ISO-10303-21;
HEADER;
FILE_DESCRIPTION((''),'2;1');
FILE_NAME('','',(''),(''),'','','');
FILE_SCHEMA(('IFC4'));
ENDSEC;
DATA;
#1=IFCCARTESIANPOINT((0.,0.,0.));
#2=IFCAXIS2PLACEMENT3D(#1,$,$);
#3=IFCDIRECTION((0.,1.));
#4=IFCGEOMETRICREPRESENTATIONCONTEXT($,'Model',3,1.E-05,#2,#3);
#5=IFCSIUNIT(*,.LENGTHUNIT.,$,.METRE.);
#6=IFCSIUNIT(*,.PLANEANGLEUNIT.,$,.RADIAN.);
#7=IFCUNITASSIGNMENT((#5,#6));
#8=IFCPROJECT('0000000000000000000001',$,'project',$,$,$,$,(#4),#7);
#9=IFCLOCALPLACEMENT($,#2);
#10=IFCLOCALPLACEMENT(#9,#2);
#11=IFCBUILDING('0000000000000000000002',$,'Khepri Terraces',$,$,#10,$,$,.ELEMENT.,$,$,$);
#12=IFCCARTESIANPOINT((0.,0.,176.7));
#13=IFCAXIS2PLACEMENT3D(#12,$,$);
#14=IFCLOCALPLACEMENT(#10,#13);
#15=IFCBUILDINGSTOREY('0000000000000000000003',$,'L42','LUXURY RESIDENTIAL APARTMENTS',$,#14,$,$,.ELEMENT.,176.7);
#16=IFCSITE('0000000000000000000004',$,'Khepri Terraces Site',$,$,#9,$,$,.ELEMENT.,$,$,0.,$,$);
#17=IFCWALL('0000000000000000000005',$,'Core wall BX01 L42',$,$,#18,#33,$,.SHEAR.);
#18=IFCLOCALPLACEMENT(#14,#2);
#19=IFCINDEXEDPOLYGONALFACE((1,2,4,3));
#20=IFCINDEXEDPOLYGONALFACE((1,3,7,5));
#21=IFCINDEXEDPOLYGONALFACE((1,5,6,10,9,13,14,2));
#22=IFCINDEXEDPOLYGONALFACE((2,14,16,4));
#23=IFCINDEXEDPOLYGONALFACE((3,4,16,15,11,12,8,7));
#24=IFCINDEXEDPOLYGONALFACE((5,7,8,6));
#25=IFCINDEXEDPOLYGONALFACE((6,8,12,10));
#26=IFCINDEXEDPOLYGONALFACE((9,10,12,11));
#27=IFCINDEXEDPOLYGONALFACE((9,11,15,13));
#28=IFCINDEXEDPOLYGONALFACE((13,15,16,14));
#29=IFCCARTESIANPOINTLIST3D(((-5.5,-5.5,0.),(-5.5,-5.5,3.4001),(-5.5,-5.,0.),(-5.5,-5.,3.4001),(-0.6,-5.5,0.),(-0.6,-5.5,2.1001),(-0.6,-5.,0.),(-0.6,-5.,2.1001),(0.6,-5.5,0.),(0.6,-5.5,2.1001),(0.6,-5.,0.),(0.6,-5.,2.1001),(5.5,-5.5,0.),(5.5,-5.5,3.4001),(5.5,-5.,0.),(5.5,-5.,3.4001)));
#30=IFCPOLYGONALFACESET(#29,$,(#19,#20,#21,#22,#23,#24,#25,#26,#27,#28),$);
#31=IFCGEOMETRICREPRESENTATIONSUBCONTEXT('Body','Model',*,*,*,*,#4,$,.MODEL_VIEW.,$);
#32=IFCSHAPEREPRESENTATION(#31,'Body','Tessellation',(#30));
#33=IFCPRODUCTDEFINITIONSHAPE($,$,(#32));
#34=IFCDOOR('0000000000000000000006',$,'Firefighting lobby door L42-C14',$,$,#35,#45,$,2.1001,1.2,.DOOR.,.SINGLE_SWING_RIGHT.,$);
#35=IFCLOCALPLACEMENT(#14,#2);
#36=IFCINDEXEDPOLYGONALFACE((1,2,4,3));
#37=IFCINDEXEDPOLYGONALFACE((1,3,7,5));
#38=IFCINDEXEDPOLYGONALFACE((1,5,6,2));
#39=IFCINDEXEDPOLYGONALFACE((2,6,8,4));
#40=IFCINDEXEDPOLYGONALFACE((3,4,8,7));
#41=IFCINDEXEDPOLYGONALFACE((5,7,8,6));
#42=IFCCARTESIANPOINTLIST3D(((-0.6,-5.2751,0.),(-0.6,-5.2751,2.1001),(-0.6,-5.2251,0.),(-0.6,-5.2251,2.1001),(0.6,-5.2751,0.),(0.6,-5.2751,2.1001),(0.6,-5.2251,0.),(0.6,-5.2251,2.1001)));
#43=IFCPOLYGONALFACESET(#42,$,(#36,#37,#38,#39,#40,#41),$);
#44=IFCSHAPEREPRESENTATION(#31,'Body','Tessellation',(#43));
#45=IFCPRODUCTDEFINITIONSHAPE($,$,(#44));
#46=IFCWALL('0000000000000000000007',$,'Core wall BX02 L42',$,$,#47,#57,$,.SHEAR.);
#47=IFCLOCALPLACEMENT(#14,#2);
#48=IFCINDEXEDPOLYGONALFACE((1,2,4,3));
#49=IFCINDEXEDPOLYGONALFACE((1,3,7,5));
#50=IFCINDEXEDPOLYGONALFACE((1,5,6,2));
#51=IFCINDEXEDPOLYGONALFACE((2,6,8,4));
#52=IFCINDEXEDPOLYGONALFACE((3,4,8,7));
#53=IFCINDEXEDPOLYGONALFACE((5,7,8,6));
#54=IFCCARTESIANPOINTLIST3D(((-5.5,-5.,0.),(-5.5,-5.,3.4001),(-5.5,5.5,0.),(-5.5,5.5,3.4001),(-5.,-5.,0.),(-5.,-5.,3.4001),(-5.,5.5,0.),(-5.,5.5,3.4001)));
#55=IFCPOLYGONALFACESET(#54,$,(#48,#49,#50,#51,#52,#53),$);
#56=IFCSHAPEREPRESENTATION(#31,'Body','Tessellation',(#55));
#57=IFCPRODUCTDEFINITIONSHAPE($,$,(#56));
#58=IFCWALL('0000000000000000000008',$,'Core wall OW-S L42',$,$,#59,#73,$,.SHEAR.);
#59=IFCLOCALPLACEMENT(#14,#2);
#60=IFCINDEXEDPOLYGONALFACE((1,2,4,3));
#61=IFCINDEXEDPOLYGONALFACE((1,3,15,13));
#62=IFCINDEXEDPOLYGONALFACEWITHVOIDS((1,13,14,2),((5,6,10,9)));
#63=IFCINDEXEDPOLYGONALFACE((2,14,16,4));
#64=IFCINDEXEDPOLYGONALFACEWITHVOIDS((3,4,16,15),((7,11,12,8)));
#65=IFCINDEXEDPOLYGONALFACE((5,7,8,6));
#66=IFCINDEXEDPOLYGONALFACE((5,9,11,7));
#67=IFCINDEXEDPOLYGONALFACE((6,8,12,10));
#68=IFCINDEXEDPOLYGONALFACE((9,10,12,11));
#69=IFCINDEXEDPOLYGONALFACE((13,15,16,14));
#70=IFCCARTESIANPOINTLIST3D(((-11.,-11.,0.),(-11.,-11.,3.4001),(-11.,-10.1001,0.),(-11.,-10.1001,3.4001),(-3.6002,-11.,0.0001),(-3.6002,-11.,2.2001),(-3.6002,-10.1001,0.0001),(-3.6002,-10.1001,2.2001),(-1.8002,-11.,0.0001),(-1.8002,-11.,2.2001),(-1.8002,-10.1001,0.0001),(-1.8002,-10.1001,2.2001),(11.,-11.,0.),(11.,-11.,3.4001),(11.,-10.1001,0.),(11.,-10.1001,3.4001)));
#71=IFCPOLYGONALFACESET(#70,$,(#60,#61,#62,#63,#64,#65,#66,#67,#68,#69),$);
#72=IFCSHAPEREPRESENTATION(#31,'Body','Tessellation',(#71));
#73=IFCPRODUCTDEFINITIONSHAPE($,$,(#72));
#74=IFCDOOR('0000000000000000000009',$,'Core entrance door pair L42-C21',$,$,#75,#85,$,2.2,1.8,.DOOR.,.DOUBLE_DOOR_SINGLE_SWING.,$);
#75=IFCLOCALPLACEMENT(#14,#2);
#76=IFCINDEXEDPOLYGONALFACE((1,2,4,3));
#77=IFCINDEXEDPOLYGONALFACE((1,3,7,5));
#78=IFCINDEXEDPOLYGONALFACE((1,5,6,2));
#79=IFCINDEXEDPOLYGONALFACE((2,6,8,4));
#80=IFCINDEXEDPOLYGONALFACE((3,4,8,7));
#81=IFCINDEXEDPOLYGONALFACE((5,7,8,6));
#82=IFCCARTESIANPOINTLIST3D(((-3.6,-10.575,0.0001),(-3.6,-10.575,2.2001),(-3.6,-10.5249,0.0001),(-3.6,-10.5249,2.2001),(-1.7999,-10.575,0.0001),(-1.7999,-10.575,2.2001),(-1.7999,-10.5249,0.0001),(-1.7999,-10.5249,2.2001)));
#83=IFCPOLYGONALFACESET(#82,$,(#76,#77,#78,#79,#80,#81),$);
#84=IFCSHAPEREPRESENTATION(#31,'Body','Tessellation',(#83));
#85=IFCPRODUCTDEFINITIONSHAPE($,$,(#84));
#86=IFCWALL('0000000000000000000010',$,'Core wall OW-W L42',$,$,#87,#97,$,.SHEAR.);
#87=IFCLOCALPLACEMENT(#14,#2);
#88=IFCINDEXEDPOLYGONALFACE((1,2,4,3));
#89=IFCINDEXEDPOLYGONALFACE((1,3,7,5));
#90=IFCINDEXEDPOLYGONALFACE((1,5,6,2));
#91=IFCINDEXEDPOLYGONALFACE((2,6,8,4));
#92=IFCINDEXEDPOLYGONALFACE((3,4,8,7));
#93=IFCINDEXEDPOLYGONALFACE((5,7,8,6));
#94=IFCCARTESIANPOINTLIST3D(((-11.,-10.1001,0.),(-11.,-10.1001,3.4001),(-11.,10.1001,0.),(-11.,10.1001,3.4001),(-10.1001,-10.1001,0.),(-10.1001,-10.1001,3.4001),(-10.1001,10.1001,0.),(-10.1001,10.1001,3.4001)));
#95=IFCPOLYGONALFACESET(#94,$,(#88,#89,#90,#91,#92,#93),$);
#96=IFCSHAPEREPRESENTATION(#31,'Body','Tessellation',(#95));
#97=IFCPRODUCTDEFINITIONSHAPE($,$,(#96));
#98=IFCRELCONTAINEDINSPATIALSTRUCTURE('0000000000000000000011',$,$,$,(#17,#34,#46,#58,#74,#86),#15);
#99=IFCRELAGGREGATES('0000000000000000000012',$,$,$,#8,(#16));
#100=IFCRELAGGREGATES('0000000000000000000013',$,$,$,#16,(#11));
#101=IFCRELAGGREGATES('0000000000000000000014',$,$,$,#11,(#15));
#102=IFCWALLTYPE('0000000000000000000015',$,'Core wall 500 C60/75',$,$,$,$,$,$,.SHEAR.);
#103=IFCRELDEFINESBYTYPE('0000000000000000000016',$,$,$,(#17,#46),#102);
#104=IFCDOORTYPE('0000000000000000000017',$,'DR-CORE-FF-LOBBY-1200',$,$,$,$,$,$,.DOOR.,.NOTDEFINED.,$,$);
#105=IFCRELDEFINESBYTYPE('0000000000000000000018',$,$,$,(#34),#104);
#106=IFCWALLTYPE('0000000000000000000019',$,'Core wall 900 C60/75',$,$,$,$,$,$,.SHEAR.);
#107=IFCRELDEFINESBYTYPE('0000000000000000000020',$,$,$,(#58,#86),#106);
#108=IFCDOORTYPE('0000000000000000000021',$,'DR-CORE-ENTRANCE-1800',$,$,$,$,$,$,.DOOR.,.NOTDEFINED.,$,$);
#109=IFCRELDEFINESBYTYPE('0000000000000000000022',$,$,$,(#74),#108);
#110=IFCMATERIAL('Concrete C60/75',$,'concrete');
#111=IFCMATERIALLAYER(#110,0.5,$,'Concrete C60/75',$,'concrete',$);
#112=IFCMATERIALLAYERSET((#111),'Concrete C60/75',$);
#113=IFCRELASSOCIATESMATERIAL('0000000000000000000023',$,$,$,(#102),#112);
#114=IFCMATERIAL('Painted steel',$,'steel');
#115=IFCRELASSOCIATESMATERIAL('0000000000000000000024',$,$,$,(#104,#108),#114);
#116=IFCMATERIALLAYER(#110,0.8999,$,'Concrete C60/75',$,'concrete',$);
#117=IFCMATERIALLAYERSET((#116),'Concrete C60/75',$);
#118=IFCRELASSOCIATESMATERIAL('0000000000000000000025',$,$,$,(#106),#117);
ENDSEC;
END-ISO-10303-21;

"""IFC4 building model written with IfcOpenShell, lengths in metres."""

from ifc_helpers import new_model, si_unit, direction, frame, frame_2d, origin, place, context, subcontext, project, spatial, rectangle, extrude, material, layer, layer_set, type_object, element, fill, save


model = new_model("IFC4")

# Units and contexts
model_context = context("Model", 3, precision=1e-05, world=origin(), true_north=direction((0.0, 1.0)))
body_context = subcontext(model_context, "Body", "Model", "MODEL_VIEW")
ifc_project = project(units=[si_unit("LENGTHUNIT", "METRE"), si_unit("PLANEANGLEUNIT", "RADIAN")], contexts=[model_context])

# Site, building, storey
site_placement = place(None, origin())
site = spatial("IfcSite", under=ifc_project, at=site_placement, Name="Khepri Terraces Site", CompositionType="ELEMENT", RefElevation=0.0)
building_placement = place(site_placement, origin())
building = spatial("IfcBuilding", under=site, at=building_placement, Name="Khepri Terraces", CompositionType="ELEMENT")
storey_placement = place(building_placement, frame((0.0, 0.0, 176.7)))
storey = spatial("IfcBuildingStorey", under=building, at=storey_placement, Name="L42", Description="LUXURY RESIDENTIAL APARTMENTS", CompositionType="ELEMENT", Elevation=176.7)

# Shared definitions
ifc_material_1 = material(Name="Concrete C60/75", Category="concrete")

# Shared definitions
ifc_material_2 = material(Name="Painted steel", Category="steel")

# Wall, opening, door
ifc_layer_1 = layer(ifc_material_1, 0.5, Name="Concrete C60/75", Category="concrete")
ifc_layer_set_1 = layer_set([ifc_layer_1], Name="Concrete C60/75")
wall_type_1 = type_object("IfcWallType", Name="Core wall 500 C60/75", PredefinedType="SHEAR", material=ifc_layer_set_1)
wall_1_placement = place(storey_placement, frame((-5.5, -5.25, 0.0), z_axis=(0.0, 0.0, 1.0), x_axis=(1.0, 0.0, 0.0)))
wall_1 = element("IfcWall", 1, at=wall_1_placement, inside=storey, type_object=wall_type_1, Name="Core wall BX01 L42", PredefinedType="SHEAR", context=body_context, shape_type="SweptSolid", body=[
    extrude(rectangle(XDim=11.0, YDim=0.5, at=frame_2d((5.5, 0.0))), origin(), (0.0, 0.0, 1.0), 3.4001),
])
opening_1_placement = place(wall_1_placement, frame((4.8999, 0.0, 0.0)))
opening_1 = element("IfcOpeningElement", 2, at=opening_1_placement, cuts=wall_1, PredefinedType="OPENING", context=body_context, shape_type="SweptSolid", body=[
    extrude(rectangle(XDim=1.2, YDim=2.1001, at=frame_2d((0.6001, 1.05))), frame((0.0, 0.26, 0.0), z_axis=(0.0, -1.0, 0.0), x_axis=(1.0, 0.0, 0.0)), (0.0, 0.0, 1.0), 0.52),
])
door_type_1 = type_object("IfcDoorType", Name="DR-CORE-FF-LOBBY-1200", OperationType="NOTDEFINED", PredefinedType="DOOR", material=ifc_material_2)
door_1_placement = place(opening_1_placement, origin())
door_1 = element("IfcDoor", 3, at=door_1_placement, inside=storey, type_object=door_type_1, Name="Firefighting lobby door L42-C14", OperationType="SINGLE_SWING_RIGHT", OverallHeight=2.1001, OverallWidth=1.2, PredefinedType="DOOR", context=body_context, shape_type="SweptSolid", body=[
    extrude(rectangle(XDim=1.2, YDim=2.1001, at=frame_2d((0.6001, 1.05))), frame((0.0, 0.0249, 0.0), z_axis=(0.0, -1.0, 0.0), x_axis=(1.0, 0.0, 0.0)), (0.0, 0.0, 1.0), 0.05),
])
fill(opening_1, door_1)

# Wall
wall_2_placement = place(storey_placement, frame((-5.25, -5.0, 0.0), z_axis=(0.0, 0.0, 1.0), x_axis=(0.0, 1.0, 0.0)))
element("IfcWall", 4, at=wall_2_placement, inside=storey, type_object=wall_type_1, Name="Core wall BX02 L42", PredefinedType="SHEAR", context=body_context, shape_type="SweptSolid", body=[
    extrude(rectangle(XDim=10.5, YDim=0.5, at=frame_2d((5.25, 0.0))), origin(), (0.0, 0.0, 1.0), 3.4001),
])

# Wall, opening, door
ifc_layer_2 = layer(ifc_material_1, 0.8999, Name="Concrete C60/75", Category="concrete")
ifc_layer_set_2 = layer_set([ifc_layer_2], Name="Concrete C60/75")
wall_type_2 = type_object("IfcWallType", Name="Core wall 900 C60/75", PredefinedType="SHEAR", material=ifc_layer_set_2)
wall_3_placement = place(storey_placement, frame((-11.0, -10.55, 0.0), z_axis=(0.0, 0.0, 1.0), x_axis=(1.0, 0.0, 0.0)))
wall_3 = element("IfcWall", 5, at=wall_3_placement, inside=storey, type_object=wall_type_2, Name="Core wall OW-S L42", PredefinedType="SHEAR", context=body_context, shape_type="SweptSolid", body=[
    extrude(rectangle(XDim=22.0, YDim=0.8999, at=frame_2d((11.0, 0.0))), origin(), (0.0, 0.0, 1.0), 3.4001),
])
opening_2_placement = place(wall_3_placement, frame((7.3999, 0.0, 0.0)))
opening_2 = element("IfcOpeningElement", 6, at=opening_2_placement, cuts=wall_3, PredefinedType="OPENING", context=body_context, shape_type="SweptSolid", body=[
    extrude(rectangle(XDim=1.8, YDim=2.2, at=frame_2d((0.8999, 1.1001))), frame((0.0, 0.46, 0.0), z_axis=(0.0, -1.0, 0.0), x_axis=(1.0, 0.0, 0.0)), (0.0, 0.0, 1.0), 0.9199),
])
door_type_2 = type_object("IfcDoorType", Name="DR-CORE-ENTRANCE-1800", OperationType="NOTDEFINED", PredefinedType="DOOR", material=ifc_material_2)
door_2_placement = place(opening_2_placement, frame((1.8, 0.0, 0.0), z_axis=(0.0, 0.0, 1.0), x_axis=(-1.0, 0.0, 0.0)))
door_2 = element("IfcDoor", 7, at=door_2_placement, inside=storey, type_object=door_type_2, Name="Core entrance door pair L42-C21", OperationType="DOUBLE_DOOR_SINGLE_SWING", OverallHeight=2.2, OverallWidth=1.8, PredefinedType="DOOR", context=body_context, shape_type="SweptSolid", body=[
    extrude(rectangle(XDim=1.8, YDim=2.2, at=frame_2d((0.8999, 1.1001))), frame((0.0, 0.0249, 0.0), z_axis=(0.0, -1.0, 0.0), x_axis=(1.0, 0.0, 0.0)), (0.0, 0.0, 1.0), 0.05),
])
fill(opening_2, door_2)

# Wall
wall_4_placement = place(storey_placement, frame((-10.55, -10.1001, 0.0), z_axis=(0.0, 0.0, 1.0), x_axis=(0.0, 1.0, 0.0)))
element("IfcWall", 8, at=wall_4_placement, inside=storey, type_object=wall_type_2, Name="Core wall OW-W L42", PredefinedType="SHEAR", context=body_context, shape_type="SweptSolid", body=[
    extrude(rectangle(XDim=20.2002, YDim=0.8999, at=frame_2d((10.1001, 0.0))), origin(), (0.0, 0.0, 1.0), 3.4001),
])

save(model, "model.ifc")
